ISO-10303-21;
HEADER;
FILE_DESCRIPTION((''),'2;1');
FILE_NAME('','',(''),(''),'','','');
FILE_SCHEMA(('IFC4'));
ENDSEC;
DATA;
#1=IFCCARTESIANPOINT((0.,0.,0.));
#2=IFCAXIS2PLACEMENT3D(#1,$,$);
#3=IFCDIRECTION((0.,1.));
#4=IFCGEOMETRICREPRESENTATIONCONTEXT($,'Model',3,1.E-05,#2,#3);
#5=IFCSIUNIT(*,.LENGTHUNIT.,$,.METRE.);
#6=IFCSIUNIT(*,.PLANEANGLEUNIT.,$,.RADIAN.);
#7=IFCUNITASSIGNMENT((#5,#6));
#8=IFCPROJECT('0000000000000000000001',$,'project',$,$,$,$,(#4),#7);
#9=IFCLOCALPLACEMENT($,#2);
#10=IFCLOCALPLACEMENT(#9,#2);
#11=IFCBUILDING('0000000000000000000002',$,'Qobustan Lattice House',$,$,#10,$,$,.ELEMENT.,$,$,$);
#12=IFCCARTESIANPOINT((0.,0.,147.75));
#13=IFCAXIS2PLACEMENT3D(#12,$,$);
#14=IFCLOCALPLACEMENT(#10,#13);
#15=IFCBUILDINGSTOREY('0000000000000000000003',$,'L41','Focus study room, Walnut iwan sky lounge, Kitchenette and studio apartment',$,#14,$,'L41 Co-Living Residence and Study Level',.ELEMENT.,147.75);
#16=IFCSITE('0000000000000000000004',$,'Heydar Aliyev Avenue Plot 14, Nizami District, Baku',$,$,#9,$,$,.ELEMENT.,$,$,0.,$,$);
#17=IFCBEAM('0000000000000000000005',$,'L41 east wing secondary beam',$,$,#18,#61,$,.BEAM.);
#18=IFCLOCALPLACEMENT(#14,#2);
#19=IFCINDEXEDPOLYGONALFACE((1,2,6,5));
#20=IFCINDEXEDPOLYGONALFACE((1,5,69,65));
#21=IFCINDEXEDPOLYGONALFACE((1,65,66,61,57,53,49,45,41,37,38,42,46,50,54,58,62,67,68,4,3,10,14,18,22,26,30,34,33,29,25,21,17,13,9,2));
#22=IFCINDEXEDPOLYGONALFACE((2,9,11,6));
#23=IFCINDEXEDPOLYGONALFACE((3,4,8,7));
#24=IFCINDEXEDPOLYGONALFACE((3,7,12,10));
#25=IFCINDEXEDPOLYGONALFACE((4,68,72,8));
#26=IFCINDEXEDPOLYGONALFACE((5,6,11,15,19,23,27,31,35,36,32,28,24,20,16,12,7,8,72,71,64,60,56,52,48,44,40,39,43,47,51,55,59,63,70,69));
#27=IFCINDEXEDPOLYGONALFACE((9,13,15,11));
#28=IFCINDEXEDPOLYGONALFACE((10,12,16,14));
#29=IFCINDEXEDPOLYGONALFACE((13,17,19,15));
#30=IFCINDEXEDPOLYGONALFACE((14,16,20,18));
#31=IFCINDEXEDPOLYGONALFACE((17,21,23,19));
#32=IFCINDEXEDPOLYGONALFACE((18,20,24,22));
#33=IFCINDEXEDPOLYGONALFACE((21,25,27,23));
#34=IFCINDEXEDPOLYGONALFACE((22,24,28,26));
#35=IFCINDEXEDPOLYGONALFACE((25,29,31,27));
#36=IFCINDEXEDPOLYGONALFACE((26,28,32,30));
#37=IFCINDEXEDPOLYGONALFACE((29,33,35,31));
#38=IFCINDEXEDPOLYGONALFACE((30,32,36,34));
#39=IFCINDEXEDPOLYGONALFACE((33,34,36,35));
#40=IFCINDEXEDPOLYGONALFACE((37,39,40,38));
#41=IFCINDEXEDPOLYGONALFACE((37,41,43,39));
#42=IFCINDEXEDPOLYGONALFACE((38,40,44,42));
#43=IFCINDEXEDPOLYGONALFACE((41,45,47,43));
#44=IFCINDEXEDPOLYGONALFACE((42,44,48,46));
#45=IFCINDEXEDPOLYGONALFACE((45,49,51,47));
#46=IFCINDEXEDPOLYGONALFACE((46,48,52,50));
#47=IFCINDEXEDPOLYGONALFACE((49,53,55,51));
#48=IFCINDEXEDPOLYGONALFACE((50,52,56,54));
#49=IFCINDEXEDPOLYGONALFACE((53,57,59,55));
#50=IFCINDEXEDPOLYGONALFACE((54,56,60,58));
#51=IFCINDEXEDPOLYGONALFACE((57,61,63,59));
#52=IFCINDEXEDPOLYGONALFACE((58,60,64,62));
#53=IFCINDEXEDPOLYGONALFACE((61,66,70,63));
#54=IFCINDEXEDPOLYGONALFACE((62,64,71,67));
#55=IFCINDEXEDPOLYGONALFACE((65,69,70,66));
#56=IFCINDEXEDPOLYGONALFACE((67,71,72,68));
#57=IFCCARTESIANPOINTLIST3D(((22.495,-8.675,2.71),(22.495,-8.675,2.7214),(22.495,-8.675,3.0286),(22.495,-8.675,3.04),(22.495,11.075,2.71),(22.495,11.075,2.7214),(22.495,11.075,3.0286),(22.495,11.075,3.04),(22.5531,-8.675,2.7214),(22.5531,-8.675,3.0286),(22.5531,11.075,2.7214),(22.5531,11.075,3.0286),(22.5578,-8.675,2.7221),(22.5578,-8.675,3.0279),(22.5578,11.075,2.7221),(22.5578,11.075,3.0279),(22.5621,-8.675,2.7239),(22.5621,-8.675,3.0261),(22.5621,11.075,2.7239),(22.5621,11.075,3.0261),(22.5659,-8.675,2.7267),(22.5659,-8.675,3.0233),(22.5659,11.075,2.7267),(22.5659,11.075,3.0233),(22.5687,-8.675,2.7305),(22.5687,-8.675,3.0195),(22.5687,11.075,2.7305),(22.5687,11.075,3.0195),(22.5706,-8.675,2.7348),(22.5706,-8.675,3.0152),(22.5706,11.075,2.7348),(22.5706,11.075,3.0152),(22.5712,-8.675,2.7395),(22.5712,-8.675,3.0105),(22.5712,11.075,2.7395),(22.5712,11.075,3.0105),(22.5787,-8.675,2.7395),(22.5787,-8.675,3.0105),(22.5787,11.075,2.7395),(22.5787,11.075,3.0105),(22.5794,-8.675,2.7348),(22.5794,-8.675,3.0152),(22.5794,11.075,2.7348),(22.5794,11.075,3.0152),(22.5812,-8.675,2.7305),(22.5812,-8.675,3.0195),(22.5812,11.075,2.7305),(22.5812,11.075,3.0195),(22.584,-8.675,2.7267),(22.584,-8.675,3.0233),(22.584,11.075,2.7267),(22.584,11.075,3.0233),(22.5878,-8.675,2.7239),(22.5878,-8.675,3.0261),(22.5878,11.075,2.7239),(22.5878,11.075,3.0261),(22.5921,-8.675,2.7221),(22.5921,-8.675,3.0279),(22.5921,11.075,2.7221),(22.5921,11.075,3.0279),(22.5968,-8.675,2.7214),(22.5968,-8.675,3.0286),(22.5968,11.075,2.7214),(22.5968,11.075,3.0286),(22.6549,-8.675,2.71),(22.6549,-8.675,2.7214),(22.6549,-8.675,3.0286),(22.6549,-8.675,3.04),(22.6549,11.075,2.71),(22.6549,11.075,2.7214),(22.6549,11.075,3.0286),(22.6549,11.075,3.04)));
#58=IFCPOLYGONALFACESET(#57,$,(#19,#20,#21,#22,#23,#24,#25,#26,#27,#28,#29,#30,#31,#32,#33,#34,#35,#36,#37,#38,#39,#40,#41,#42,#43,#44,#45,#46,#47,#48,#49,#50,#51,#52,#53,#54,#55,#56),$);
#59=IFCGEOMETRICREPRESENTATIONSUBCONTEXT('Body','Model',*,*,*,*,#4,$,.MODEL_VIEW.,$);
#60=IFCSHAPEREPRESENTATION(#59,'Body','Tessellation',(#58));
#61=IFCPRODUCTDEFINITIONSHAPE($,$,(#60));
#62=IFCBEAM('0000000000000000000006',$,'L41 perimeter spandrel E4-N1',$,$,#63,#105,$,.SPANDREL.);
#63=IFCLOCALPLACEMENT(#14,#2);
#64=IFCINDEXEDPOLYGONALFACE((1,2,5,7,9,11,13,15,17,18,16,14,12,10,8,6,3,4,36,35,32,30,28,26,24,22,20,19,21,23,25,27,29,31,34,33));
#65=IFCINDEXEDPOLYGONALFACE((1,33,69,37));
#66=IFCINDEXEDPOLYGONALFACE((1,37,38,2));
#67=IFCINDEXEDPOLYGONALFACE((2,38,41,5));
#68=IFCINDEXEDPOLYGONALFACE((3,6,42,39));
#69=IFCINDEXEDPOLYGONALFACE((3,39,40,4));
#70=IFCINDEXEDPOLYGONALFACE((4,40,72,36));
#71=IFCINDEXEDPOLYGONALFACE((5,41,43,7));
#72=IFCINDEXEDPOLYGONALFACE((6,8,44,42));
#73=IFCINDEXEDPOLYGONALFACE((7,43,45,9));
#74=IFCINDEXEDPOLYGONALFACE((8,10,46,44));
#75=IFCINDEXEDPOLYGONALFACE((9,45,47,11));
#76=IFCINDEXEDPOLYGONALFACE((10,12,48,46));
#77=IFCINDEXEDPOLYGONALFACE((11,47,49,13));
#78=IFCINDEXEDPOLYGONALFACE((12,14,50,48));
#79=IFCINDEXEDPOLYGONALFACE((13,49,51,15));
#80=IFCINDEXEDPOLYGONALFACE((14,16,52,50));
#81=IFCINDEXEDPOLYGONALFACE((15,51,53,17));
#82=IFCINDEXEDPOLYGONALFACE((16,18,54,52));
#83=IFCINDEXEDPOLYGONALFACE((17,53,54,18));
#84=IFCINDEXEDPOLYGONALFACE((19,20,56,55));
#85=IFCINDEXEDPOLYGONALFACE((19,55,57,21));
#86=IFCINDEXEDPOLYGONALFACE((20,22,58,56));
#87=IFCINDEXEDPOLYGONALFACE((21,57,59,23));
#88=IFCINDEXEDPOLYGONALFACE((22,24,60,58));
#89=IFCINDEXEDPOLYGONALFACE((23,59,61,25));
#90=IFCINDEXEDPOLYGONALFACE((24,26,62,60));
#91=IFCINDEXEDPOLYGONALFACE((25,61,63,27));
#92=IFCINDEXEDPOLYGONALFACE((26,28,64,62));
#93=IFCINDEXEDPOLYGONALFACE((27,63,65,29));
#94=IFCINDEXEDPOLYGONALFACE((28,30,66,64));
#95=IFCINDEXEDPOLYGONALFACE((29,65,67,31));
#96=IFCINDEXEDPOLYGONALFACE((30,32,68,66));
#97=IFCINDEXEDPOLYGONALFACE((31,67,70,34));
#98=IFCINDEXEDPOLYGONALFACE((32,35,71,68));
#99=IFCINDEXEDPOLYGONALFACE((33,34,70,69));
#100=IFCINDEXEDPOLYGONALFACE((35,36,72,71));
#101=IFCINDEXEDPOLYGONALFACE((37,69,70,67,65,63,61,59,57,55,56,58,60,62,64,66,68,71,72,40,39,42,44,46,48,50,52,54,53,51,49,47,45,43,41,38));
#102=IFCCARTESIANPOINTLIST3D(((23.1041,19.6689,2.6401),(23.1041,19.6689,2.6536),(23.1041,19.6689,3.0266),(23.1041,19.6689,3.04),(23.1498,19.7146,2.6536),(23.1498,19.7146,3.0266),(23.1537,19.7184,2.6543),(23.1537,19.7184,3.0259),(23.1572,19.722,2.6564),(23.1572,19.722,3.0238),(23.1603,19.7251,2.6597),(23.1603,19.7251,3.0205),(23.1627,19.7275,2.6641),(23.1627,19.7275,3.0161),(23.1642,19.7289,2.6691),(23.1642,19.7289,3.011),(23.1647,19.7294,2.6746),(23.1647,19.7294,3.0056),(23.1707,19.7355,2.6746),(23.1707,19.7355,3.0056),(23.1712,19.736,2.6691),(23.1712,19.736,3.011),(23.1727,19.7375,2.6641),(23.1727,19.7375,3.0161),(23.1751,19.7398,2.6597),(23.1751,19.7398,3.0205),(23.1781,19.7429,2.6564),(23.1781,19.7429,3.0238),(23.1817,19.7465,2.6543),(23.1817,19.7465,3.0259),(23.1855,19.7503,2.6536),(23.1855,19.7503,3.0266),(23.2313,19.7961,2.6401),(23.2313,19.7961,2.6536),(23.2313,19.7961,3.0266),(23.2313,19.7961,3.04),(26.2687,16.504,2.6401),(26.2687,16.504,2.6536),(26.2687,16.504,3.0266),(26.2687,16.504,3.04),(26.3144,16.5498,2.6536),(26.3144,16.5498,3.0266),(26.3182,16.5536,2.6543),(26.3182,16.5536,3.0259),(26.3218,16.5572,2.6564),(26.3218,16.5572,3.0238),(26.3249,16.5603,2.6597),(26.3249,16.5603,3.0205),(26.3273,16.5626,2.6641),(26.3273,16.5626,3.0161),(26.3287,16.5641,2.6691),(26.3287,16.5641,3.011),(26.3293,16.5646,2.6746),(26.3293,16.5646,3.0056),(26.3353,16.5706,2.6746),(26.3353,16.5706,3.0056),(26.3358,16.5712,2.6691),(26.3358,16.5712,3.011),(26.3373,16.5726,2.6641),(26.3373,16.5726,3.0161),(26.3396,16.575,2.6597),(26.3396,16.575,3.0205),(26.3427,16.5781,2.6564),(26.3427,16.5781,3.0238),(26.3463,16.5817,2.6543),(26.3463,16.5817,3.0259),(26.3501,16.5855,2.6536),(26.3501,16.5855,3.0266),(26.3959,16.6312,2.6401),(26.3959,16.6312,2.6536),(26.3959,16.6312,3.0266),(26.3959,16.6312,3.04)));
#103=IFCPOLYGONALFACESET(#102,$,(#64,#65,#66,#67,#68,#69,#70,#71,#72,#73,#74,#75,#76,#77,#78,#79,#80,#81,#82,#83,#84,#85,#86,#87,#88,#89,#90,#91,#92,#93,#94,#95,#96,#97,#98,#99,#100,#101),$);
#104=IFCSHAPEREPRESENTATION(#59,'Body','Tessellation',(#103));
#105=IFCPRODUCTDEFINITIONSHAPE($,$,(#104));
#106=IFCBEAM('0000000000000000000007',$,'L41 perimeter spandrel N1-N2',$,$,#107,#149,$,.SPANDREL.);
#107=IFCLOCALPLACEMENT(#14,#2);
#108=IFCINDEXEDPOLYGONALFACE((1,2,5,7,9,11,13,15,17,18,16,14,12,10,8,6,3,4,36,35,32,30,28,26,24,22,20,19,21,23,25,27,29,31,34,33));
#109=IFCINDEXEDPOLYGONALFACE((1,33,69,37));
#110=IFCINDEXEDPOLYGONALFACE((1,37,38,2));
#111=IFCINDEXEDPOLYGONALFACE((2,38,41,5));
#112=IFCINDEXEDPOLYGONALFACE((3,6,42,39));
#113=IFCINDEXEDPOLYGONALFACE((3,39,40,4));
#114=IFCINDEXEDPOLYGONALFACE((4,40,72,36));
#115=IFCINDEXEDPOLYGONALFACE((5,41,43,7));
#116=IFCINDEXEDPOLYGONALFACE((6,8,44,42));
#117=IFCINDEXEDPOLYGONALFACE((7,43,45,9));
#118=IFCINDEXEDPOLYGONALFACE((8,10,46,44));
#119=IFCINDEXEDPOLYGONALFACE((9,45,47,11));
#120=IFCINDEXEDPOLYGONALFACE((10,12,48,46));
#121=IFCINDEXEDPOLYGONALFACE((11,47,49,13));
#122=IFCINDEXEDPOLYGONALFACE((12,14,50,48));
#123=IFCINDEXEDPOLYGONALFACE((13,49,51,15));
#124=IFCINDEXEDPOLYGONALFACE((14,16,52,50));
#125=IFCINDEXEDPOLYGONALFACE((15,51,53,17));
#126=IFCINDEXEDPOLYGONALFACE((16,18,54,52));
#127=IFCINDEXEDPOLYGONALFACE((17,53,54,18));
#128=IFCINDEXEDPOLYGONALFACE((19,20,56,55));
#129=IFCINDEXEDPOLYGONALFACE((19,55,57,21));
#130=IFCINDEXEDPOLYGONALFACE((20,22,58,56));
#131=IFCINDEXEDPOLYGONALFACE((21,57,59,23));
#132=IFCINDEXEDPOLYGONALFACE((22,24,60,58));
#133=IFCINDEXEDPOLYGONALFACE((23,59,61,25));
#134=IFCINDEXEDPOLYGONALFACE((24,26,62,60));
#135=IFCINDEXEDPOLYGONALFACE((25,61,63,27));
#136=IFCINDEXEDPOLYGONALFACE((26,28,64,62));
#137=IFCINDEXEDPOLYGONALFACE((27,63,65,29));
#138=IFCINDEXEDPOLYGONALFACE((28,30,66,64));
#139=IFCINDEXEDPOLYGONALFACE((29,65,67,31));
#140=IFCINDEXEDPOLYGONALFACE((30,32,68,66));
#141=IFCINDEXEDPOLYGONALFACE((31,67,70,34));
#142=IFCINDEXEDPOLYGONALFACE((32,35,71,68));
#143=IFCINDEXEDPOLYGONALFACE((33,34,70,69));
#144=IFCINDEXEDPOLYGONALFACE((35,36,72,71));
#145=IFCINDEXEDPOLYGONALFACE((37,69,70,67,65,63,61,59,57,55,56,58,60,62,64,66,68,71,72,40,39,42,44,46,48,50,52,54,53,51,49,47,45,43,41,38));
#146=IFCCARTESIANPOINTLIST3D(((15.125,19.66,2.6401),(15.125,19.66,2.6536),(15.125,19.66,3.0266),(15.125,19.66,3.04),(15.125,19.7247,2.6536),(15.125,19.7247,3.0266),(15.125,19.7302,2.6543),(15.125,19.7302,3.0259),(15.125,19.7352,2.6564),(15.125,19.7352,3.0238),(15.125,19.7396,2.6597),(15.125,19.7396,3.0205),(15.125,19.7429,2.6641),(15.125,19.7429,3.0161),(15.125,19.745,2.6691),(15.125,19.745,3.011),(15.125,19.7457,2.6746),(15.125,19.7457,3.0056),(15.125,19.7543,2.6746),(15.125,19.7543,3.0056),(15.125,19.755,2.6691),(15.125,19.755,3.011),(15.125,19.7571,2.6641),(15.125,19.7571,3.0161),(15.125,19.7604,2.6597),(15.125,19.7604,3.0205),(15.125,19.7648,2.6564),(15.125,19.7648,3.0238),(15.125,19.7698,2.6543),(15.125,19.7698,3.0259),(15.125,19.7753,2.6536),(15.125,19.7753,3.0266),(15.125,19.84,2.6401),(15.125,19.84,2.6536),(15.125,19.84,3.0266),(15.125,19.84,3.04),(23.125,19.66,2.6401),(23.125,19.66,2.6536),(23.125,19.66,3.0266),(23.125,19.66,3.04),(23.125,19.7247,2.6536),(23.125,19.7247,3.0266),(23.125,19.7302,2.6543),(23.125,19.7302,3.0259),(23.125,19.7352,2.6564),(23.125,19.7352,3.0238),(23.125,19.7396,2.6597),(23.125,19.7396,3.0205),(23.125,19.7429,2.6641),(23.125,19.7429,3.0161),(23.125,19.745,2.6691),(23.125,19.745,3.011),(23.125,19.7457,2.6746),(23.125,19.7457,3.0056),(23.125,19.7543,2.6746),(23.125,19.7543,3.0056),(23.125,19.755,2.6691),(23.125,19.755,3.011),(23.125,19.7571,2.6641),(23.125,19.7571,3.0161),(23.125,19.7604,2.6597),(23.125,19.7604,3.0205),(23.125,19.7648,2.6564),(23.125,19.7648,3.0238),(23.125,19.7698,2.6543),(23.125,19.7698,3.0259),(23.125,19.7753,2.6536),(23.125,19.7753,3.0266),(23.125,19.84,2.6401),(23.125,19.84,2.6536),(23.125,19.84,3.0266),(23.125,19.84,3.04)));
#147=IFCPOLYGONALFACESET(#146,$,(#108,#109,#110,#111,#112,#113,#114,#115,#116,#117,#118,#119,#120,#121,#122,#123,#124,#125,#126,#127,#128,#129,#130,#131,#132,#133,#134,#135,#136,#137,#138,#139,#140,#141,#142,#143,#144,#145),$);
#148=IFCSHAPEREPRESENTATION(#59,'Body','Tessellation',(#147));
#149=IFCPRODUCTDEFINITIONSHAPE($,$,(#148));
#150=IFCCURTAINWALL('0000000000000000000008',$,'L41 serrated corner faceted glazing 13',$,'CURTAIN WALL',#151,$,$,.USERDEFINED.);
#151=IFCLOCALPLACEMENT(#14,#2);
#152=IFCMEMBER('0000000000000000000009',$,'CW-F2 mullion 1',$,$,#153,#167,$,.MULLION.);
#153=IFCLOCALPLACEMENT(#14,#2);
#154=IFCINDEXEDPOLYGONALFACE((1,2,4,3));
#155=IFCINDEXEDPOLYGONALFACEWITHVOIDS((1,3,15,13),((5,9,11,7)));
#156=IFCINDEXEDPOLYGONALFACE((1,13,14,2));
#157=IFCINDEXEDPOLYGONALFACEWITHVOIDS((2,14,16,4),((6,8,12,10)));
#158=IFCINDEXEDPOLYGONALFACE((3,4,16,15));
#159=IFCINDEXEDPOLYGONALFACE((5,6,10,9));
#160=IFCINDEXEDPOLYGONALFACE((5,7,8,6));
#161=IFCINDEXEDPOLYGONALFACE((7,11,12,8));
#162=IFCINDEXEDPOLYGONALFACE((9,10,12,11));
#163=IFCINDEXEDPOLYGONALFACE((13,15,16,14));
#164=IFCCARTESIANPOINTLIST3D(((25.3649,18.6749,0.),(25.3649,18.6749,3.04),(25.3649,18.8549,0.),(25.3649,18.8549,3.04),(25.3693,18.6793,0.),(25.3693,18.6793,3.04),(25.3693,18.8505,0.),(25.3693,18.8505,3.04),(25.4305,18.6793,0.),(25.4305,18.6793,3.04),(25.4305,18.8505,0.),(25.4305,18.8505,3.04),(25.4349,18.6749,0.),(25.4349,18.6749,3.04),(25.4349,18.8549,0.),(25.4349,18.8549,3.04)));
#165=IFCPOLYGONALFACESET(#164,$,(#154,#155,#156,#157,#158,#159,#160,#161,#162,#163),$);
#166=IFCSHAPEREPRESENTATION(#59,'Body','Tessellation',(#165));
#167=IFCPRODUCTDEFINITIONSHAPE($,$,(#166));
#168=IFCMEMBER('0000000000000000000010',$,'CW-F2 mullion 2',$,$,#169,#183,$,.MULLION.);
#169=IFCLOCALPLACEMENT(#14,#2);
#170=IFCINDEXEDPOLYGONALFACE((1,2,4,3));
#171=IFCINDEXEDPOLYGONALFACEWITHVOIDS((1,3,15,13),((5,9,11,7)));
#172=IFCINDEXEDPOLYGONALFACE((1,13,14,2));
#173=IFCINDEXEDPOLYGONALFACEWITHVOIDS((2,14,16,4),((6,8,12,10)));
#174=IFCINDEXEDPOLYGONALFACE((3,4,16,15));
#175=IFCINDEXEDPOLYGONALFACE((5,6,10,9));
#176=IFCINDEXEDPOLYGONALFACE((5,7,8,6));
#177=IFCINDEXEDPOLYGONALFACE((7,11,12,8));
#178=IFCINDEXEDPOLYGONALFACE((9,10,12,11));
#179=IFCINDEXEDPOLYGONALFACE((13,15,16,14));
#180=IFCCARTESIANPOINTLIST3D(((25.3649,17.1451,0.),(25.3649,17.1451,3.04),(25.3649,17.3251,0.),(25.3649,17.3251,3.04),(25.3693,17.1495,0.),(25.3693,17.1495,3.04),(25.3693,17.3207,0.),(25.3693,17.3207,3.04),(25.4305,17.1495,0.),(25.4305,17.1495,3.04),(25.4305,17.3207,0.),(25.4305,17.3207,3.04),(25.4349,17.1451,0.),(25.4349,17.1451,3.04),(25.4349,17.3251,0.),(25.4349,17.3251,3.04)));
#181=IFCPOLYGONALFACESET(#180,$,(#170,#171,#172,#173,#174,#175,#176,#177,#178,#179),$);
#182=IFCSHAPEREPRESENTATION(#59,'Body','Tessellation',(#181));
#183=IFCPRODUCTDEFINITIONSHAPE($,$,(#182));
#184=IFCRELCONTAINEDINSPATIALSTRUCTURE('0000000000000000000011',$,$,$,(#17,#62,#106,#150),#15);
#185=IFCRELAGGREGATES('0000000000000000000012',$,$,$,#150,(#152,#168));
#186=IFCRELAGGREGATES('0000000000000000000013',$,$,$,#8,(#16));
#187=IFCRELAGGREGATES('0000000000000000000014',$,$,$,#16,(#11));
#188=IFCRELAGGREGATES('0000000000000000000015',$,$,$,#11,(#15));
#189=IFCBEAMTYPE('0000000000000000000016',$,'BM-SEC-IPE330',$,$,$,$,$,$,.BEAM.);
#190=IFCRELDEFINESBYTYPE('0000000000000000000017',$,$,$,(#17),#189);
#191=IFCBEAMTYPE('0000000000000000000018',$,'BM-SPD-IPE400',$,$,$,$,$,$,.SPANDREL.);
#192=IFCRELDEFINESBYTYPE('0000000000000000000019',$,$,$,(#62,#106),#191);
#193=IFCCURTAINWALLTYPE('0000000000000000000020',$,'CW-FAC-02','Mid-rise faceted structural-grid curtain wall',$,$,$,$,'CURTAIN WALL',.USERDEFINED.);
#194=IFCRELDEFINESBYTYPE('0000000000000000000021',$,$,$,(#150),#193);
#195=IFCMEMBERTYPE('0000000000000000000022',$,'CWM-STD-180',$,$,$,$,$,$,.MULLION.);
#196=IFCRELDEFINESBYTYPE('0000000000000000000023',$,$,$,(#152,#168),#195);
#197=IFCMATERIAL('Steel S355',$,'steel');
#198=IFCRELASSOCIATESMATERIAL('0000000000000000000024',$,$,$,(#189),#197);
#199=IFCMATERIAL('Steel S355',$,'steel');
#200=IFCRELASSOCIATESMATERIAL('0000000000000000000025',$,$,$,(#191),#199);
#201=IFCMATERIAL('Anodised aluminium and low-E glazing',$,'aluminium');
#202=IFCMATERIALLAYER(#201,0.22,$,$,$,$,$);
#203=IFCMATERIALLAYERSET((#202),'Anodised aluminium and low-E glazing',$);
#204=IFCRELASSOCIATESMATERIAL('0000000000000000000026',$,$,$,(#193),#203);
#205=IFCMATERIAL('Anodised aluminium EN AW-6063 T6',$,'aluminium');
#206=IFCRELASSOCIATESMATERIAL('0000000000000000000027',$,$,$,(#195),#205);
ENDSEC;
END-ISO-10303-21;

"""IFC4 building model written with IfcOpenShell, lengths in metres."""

from ifc_helpers import new_model, si_unit, direction, frame, origin, origin_2d, place, context, subcontext, project, spatial, hollow_rectangle, i_section, extrude, material, layer, layer_set, material_profile, profile_set, type_object, element, aggregate, save


model = new_model("IFC4")

# Units and contexts
model_context = context("Model", 3, precision=1e-05, world=origin(), true_north=direction((0.0, 1.0)))
body_context = subcontext(model_context, "Body", "Model", "MODEL_VIEW")
ifc_project = project(units=[si_unit("LENGTHUNIT", "METRE"), si_unit("PLANEANGLEUNIT", "RADIAN")], contexts=[model_context])

# Site, building, storey
site_placement = place(None, origin())
site = spatial("IfcSite", under=ifc_project, at=site_placement, Name="Heydar Aliyev Avenue Plot 14, Nizami District, Baku", CompositionType="ELEMENT", RefElevation=0.0)
building_placement = place(site_placement, origin())
building = spatial("IfcBuilding", under=site, at=building_placement, Name="Qobustan Lattice House", CompositionType="ELEMENT")
storey_placement = place(building_placement, frame((0.0, 0.0, 147.75)))
storey = spatial("IfcBuildingStorey", under=building, at=storey_placement, Name="L41", Description="Focus study room, Walnut iwan sky lounge, Kitchenette and studio apartment", LongName="L41 Co-Living Residence and Study Level", CompositionType="ELEMENT", Elevation=147.75)

# Beams
ifc_material_1 = material(Name="Steel S355", Category="steel")
ifc_material_profile_1 = material_profile(ifc_material_1, i_section(OverallWidth=0.1599, OverallDepth=0.3301, WebThickness=0.0076, FlangeThickness=0.0115, FilletRadius=0.0181, at=origin_2d()), Name="IPE330")
ifc_profile_set_1 = profile_set([ifc_material_profile_1], Name="Steel S355")
beam_type_1 = type_object("IfcBeamType", Name="BM-SEC-IPE330", PredefinedType="BEAM", material=ifc_profile_set_1)
beam_1_placement = place(storey_placement, frame((22.575, 11.075, 2.875), z_axis=(0.0, -1.0, 0.0), x_axis=(1.0, 0.0, 0.0)))
element("IfcBeam", 1, at=beam_1_placement, inside=storey, type_object=beam_type_1, Name="L41 east wing secondary beam", PredefinedType="BEAM", context=body_context, shape_type="SweptSolid", body=[
    extrude(i_section(OverallWidth=0.1599, OverallDepth=0.3301, WebThickness=0.0076, FlangeThickness=0.0115, FilletRadius=0.0181, at=origin_2d()), origin(), (0.0, 0.0, 1.0), 19.75),
])
ifc_material_2 = material(Name="Steel S355", Category="steel")
ifc_material_profile_2 = material_profile(ifc_material_2, i_section(OverallWidth=0.1799, OverallDepth=0.3999, WebThickness=0.0085, FlangeThickness=0.0134, FilletRadius=0.021, at=origin_2d()), Name="IPE400")
ifc_profile_set_2 = profile_set([ifc_material_profile_2], Name="Steel S355")
beam_type_2 = type_object("IfcBeamType", Name="BM-SPD-IPE400", PredefinedType="SPANDREL", material=ifc_profile_set_2)
beam_2_placement = place(storey_placement, frame((26.3323, 16.5676, 2.8401), z_axis=(-0.70708, 0.707134, 0.0), x_axis=(-0.707134, -0.70708, 0.0)))
element("IfcBeam", 2, at=beam_2_placement, inside=storey, type_object=beam_type_2, Name="L41 perimeter spandrel E4-N1", PredefinedType="SPANDREL", context=body_context, shape_type="SweptSolid", body=[
    extrude(i_section(OverallWidth=0.1799, OverallDepth=0.3999, WebThickness=0.0085, FlangeThickness=0.0134, FilletRadius=0.021, at=origin_2d()), origin(), (0.0, 0.0, 1.0), 4.4756),
])
beam_3_placement = place(storey_placement, frame((23.125, 19.75, 2.8401), z_axis=(-1.0, 0.0, 0.0), x_axis=(0.0, -1.0, 0.0)))
element("IfcBeam", 3, at=beam_3_placement, inside=storey, type_object=beam_type_2, Name="L41 perimeter spandrel N1-N2", PredefinedType="SPANDREL", context=body_context, shape_type="SweptSolid", body=[
    extrude(i_section(OverallWidth=0.1799, OverallDepth=0.3999, WebThickness=0.0085, FlangeThickness=0.0134, FilletRadius=0.021, at=origin_2d()), origin(), (0.0, 0.0, 1.0), 8.0),
])

# Curtain wall, members
ifc_material_3 = material(Name="Anodised aluminium and low-E glazing", Category="aluminium")
ifc_layer_1 = layer(ifc_material_3, 0.22)
ifc_layer_set_1 = layer_set([ifc_layer_1], Name="Anodised aluminium and low-E glazing")
curtain_wall_type = type_object("IfcCurtainWallType", Name="CW-FAC-02", Description="Mid-rise faceted structural-grid curtain wall", ElementType="CURTAIN WALL", PredefinedType="USERDEFINED", material=ifc_layer_set_1)
curtain_wall_placement = place(storey_placement, origin())
curtain_wall = element("IfcCurtainWall", 4, at=curtain_wall_placement, inside=storey, type_object=curtain_wall_type, Name="L41 serrated corner faceted glazing 13", ObjectType="CURTAIN WALL", PredefinedType="USERDEFINED")
ifc_material_4 = material(Name="Anodised aluminium EN AW-6063 T6", Category="aluminium")
ifc_material_profile_3 = material_profile(ifc_material_4, hollow_rectangle(XDim=0.0701, YDim=0.1799, WallThickness=0.0044, at=origin_2d()), Name="CWM-180x70")
ifc_profile_set_3 = profile_set([ifc_material_profile_3], Name="Anodised aluminium EN AW-6063 T6")
member_type_1 = type_object("IfcMemberType", Name="CWM-STD-180", PredefinedType="MULLION", material=ifc_profile_set_3)
member_1_placement = place(storey_placement, frame((25.3999, 18.7649, 0.0), z_axis=(0.0, 0.0, 1.0), x_axis=(1.0, 0.0, 0.0)))
member_1 = element("IfcMember", 5, at=member_1_placement, type_object=member_type_1, Name="CW-F2 mullion 1", PredefinedType="MULLION", context=body_context, shape_type="SweptSolid", body=[
    extrude(hollow_rectangle(XDim=0.0701, YDim=0.1799, WallThickness=0.0044, at=origin_2d()), origin(), (0.0, 0.0, 1.0), 3.04),
])
member_2_placement = place(storey_placement, frame((25.3999, 17.2351, 0.0), z_axis=(0.0, 0.0, 1.0), x_axis=(1.0, 0.0, 0.0)))
member_2 = element("IfcMember", 6, at=member_2_placement, type_object=member_type_1, Name="CW-F2 mullion 2", PredefinedType="MULLION", context=body_context, shape_type="SweptSolid", body=[
    extrude(hollow_rectangle(XDim=0.0701, YDim=0.1799, WallThickness=0.0044, at=origin_2d()), origin(), (0.0, 0.0, 1.0), 3.04),
])
aggregate(curtain_wall, [member_1, member_2])

save(model, "model.ifc")
